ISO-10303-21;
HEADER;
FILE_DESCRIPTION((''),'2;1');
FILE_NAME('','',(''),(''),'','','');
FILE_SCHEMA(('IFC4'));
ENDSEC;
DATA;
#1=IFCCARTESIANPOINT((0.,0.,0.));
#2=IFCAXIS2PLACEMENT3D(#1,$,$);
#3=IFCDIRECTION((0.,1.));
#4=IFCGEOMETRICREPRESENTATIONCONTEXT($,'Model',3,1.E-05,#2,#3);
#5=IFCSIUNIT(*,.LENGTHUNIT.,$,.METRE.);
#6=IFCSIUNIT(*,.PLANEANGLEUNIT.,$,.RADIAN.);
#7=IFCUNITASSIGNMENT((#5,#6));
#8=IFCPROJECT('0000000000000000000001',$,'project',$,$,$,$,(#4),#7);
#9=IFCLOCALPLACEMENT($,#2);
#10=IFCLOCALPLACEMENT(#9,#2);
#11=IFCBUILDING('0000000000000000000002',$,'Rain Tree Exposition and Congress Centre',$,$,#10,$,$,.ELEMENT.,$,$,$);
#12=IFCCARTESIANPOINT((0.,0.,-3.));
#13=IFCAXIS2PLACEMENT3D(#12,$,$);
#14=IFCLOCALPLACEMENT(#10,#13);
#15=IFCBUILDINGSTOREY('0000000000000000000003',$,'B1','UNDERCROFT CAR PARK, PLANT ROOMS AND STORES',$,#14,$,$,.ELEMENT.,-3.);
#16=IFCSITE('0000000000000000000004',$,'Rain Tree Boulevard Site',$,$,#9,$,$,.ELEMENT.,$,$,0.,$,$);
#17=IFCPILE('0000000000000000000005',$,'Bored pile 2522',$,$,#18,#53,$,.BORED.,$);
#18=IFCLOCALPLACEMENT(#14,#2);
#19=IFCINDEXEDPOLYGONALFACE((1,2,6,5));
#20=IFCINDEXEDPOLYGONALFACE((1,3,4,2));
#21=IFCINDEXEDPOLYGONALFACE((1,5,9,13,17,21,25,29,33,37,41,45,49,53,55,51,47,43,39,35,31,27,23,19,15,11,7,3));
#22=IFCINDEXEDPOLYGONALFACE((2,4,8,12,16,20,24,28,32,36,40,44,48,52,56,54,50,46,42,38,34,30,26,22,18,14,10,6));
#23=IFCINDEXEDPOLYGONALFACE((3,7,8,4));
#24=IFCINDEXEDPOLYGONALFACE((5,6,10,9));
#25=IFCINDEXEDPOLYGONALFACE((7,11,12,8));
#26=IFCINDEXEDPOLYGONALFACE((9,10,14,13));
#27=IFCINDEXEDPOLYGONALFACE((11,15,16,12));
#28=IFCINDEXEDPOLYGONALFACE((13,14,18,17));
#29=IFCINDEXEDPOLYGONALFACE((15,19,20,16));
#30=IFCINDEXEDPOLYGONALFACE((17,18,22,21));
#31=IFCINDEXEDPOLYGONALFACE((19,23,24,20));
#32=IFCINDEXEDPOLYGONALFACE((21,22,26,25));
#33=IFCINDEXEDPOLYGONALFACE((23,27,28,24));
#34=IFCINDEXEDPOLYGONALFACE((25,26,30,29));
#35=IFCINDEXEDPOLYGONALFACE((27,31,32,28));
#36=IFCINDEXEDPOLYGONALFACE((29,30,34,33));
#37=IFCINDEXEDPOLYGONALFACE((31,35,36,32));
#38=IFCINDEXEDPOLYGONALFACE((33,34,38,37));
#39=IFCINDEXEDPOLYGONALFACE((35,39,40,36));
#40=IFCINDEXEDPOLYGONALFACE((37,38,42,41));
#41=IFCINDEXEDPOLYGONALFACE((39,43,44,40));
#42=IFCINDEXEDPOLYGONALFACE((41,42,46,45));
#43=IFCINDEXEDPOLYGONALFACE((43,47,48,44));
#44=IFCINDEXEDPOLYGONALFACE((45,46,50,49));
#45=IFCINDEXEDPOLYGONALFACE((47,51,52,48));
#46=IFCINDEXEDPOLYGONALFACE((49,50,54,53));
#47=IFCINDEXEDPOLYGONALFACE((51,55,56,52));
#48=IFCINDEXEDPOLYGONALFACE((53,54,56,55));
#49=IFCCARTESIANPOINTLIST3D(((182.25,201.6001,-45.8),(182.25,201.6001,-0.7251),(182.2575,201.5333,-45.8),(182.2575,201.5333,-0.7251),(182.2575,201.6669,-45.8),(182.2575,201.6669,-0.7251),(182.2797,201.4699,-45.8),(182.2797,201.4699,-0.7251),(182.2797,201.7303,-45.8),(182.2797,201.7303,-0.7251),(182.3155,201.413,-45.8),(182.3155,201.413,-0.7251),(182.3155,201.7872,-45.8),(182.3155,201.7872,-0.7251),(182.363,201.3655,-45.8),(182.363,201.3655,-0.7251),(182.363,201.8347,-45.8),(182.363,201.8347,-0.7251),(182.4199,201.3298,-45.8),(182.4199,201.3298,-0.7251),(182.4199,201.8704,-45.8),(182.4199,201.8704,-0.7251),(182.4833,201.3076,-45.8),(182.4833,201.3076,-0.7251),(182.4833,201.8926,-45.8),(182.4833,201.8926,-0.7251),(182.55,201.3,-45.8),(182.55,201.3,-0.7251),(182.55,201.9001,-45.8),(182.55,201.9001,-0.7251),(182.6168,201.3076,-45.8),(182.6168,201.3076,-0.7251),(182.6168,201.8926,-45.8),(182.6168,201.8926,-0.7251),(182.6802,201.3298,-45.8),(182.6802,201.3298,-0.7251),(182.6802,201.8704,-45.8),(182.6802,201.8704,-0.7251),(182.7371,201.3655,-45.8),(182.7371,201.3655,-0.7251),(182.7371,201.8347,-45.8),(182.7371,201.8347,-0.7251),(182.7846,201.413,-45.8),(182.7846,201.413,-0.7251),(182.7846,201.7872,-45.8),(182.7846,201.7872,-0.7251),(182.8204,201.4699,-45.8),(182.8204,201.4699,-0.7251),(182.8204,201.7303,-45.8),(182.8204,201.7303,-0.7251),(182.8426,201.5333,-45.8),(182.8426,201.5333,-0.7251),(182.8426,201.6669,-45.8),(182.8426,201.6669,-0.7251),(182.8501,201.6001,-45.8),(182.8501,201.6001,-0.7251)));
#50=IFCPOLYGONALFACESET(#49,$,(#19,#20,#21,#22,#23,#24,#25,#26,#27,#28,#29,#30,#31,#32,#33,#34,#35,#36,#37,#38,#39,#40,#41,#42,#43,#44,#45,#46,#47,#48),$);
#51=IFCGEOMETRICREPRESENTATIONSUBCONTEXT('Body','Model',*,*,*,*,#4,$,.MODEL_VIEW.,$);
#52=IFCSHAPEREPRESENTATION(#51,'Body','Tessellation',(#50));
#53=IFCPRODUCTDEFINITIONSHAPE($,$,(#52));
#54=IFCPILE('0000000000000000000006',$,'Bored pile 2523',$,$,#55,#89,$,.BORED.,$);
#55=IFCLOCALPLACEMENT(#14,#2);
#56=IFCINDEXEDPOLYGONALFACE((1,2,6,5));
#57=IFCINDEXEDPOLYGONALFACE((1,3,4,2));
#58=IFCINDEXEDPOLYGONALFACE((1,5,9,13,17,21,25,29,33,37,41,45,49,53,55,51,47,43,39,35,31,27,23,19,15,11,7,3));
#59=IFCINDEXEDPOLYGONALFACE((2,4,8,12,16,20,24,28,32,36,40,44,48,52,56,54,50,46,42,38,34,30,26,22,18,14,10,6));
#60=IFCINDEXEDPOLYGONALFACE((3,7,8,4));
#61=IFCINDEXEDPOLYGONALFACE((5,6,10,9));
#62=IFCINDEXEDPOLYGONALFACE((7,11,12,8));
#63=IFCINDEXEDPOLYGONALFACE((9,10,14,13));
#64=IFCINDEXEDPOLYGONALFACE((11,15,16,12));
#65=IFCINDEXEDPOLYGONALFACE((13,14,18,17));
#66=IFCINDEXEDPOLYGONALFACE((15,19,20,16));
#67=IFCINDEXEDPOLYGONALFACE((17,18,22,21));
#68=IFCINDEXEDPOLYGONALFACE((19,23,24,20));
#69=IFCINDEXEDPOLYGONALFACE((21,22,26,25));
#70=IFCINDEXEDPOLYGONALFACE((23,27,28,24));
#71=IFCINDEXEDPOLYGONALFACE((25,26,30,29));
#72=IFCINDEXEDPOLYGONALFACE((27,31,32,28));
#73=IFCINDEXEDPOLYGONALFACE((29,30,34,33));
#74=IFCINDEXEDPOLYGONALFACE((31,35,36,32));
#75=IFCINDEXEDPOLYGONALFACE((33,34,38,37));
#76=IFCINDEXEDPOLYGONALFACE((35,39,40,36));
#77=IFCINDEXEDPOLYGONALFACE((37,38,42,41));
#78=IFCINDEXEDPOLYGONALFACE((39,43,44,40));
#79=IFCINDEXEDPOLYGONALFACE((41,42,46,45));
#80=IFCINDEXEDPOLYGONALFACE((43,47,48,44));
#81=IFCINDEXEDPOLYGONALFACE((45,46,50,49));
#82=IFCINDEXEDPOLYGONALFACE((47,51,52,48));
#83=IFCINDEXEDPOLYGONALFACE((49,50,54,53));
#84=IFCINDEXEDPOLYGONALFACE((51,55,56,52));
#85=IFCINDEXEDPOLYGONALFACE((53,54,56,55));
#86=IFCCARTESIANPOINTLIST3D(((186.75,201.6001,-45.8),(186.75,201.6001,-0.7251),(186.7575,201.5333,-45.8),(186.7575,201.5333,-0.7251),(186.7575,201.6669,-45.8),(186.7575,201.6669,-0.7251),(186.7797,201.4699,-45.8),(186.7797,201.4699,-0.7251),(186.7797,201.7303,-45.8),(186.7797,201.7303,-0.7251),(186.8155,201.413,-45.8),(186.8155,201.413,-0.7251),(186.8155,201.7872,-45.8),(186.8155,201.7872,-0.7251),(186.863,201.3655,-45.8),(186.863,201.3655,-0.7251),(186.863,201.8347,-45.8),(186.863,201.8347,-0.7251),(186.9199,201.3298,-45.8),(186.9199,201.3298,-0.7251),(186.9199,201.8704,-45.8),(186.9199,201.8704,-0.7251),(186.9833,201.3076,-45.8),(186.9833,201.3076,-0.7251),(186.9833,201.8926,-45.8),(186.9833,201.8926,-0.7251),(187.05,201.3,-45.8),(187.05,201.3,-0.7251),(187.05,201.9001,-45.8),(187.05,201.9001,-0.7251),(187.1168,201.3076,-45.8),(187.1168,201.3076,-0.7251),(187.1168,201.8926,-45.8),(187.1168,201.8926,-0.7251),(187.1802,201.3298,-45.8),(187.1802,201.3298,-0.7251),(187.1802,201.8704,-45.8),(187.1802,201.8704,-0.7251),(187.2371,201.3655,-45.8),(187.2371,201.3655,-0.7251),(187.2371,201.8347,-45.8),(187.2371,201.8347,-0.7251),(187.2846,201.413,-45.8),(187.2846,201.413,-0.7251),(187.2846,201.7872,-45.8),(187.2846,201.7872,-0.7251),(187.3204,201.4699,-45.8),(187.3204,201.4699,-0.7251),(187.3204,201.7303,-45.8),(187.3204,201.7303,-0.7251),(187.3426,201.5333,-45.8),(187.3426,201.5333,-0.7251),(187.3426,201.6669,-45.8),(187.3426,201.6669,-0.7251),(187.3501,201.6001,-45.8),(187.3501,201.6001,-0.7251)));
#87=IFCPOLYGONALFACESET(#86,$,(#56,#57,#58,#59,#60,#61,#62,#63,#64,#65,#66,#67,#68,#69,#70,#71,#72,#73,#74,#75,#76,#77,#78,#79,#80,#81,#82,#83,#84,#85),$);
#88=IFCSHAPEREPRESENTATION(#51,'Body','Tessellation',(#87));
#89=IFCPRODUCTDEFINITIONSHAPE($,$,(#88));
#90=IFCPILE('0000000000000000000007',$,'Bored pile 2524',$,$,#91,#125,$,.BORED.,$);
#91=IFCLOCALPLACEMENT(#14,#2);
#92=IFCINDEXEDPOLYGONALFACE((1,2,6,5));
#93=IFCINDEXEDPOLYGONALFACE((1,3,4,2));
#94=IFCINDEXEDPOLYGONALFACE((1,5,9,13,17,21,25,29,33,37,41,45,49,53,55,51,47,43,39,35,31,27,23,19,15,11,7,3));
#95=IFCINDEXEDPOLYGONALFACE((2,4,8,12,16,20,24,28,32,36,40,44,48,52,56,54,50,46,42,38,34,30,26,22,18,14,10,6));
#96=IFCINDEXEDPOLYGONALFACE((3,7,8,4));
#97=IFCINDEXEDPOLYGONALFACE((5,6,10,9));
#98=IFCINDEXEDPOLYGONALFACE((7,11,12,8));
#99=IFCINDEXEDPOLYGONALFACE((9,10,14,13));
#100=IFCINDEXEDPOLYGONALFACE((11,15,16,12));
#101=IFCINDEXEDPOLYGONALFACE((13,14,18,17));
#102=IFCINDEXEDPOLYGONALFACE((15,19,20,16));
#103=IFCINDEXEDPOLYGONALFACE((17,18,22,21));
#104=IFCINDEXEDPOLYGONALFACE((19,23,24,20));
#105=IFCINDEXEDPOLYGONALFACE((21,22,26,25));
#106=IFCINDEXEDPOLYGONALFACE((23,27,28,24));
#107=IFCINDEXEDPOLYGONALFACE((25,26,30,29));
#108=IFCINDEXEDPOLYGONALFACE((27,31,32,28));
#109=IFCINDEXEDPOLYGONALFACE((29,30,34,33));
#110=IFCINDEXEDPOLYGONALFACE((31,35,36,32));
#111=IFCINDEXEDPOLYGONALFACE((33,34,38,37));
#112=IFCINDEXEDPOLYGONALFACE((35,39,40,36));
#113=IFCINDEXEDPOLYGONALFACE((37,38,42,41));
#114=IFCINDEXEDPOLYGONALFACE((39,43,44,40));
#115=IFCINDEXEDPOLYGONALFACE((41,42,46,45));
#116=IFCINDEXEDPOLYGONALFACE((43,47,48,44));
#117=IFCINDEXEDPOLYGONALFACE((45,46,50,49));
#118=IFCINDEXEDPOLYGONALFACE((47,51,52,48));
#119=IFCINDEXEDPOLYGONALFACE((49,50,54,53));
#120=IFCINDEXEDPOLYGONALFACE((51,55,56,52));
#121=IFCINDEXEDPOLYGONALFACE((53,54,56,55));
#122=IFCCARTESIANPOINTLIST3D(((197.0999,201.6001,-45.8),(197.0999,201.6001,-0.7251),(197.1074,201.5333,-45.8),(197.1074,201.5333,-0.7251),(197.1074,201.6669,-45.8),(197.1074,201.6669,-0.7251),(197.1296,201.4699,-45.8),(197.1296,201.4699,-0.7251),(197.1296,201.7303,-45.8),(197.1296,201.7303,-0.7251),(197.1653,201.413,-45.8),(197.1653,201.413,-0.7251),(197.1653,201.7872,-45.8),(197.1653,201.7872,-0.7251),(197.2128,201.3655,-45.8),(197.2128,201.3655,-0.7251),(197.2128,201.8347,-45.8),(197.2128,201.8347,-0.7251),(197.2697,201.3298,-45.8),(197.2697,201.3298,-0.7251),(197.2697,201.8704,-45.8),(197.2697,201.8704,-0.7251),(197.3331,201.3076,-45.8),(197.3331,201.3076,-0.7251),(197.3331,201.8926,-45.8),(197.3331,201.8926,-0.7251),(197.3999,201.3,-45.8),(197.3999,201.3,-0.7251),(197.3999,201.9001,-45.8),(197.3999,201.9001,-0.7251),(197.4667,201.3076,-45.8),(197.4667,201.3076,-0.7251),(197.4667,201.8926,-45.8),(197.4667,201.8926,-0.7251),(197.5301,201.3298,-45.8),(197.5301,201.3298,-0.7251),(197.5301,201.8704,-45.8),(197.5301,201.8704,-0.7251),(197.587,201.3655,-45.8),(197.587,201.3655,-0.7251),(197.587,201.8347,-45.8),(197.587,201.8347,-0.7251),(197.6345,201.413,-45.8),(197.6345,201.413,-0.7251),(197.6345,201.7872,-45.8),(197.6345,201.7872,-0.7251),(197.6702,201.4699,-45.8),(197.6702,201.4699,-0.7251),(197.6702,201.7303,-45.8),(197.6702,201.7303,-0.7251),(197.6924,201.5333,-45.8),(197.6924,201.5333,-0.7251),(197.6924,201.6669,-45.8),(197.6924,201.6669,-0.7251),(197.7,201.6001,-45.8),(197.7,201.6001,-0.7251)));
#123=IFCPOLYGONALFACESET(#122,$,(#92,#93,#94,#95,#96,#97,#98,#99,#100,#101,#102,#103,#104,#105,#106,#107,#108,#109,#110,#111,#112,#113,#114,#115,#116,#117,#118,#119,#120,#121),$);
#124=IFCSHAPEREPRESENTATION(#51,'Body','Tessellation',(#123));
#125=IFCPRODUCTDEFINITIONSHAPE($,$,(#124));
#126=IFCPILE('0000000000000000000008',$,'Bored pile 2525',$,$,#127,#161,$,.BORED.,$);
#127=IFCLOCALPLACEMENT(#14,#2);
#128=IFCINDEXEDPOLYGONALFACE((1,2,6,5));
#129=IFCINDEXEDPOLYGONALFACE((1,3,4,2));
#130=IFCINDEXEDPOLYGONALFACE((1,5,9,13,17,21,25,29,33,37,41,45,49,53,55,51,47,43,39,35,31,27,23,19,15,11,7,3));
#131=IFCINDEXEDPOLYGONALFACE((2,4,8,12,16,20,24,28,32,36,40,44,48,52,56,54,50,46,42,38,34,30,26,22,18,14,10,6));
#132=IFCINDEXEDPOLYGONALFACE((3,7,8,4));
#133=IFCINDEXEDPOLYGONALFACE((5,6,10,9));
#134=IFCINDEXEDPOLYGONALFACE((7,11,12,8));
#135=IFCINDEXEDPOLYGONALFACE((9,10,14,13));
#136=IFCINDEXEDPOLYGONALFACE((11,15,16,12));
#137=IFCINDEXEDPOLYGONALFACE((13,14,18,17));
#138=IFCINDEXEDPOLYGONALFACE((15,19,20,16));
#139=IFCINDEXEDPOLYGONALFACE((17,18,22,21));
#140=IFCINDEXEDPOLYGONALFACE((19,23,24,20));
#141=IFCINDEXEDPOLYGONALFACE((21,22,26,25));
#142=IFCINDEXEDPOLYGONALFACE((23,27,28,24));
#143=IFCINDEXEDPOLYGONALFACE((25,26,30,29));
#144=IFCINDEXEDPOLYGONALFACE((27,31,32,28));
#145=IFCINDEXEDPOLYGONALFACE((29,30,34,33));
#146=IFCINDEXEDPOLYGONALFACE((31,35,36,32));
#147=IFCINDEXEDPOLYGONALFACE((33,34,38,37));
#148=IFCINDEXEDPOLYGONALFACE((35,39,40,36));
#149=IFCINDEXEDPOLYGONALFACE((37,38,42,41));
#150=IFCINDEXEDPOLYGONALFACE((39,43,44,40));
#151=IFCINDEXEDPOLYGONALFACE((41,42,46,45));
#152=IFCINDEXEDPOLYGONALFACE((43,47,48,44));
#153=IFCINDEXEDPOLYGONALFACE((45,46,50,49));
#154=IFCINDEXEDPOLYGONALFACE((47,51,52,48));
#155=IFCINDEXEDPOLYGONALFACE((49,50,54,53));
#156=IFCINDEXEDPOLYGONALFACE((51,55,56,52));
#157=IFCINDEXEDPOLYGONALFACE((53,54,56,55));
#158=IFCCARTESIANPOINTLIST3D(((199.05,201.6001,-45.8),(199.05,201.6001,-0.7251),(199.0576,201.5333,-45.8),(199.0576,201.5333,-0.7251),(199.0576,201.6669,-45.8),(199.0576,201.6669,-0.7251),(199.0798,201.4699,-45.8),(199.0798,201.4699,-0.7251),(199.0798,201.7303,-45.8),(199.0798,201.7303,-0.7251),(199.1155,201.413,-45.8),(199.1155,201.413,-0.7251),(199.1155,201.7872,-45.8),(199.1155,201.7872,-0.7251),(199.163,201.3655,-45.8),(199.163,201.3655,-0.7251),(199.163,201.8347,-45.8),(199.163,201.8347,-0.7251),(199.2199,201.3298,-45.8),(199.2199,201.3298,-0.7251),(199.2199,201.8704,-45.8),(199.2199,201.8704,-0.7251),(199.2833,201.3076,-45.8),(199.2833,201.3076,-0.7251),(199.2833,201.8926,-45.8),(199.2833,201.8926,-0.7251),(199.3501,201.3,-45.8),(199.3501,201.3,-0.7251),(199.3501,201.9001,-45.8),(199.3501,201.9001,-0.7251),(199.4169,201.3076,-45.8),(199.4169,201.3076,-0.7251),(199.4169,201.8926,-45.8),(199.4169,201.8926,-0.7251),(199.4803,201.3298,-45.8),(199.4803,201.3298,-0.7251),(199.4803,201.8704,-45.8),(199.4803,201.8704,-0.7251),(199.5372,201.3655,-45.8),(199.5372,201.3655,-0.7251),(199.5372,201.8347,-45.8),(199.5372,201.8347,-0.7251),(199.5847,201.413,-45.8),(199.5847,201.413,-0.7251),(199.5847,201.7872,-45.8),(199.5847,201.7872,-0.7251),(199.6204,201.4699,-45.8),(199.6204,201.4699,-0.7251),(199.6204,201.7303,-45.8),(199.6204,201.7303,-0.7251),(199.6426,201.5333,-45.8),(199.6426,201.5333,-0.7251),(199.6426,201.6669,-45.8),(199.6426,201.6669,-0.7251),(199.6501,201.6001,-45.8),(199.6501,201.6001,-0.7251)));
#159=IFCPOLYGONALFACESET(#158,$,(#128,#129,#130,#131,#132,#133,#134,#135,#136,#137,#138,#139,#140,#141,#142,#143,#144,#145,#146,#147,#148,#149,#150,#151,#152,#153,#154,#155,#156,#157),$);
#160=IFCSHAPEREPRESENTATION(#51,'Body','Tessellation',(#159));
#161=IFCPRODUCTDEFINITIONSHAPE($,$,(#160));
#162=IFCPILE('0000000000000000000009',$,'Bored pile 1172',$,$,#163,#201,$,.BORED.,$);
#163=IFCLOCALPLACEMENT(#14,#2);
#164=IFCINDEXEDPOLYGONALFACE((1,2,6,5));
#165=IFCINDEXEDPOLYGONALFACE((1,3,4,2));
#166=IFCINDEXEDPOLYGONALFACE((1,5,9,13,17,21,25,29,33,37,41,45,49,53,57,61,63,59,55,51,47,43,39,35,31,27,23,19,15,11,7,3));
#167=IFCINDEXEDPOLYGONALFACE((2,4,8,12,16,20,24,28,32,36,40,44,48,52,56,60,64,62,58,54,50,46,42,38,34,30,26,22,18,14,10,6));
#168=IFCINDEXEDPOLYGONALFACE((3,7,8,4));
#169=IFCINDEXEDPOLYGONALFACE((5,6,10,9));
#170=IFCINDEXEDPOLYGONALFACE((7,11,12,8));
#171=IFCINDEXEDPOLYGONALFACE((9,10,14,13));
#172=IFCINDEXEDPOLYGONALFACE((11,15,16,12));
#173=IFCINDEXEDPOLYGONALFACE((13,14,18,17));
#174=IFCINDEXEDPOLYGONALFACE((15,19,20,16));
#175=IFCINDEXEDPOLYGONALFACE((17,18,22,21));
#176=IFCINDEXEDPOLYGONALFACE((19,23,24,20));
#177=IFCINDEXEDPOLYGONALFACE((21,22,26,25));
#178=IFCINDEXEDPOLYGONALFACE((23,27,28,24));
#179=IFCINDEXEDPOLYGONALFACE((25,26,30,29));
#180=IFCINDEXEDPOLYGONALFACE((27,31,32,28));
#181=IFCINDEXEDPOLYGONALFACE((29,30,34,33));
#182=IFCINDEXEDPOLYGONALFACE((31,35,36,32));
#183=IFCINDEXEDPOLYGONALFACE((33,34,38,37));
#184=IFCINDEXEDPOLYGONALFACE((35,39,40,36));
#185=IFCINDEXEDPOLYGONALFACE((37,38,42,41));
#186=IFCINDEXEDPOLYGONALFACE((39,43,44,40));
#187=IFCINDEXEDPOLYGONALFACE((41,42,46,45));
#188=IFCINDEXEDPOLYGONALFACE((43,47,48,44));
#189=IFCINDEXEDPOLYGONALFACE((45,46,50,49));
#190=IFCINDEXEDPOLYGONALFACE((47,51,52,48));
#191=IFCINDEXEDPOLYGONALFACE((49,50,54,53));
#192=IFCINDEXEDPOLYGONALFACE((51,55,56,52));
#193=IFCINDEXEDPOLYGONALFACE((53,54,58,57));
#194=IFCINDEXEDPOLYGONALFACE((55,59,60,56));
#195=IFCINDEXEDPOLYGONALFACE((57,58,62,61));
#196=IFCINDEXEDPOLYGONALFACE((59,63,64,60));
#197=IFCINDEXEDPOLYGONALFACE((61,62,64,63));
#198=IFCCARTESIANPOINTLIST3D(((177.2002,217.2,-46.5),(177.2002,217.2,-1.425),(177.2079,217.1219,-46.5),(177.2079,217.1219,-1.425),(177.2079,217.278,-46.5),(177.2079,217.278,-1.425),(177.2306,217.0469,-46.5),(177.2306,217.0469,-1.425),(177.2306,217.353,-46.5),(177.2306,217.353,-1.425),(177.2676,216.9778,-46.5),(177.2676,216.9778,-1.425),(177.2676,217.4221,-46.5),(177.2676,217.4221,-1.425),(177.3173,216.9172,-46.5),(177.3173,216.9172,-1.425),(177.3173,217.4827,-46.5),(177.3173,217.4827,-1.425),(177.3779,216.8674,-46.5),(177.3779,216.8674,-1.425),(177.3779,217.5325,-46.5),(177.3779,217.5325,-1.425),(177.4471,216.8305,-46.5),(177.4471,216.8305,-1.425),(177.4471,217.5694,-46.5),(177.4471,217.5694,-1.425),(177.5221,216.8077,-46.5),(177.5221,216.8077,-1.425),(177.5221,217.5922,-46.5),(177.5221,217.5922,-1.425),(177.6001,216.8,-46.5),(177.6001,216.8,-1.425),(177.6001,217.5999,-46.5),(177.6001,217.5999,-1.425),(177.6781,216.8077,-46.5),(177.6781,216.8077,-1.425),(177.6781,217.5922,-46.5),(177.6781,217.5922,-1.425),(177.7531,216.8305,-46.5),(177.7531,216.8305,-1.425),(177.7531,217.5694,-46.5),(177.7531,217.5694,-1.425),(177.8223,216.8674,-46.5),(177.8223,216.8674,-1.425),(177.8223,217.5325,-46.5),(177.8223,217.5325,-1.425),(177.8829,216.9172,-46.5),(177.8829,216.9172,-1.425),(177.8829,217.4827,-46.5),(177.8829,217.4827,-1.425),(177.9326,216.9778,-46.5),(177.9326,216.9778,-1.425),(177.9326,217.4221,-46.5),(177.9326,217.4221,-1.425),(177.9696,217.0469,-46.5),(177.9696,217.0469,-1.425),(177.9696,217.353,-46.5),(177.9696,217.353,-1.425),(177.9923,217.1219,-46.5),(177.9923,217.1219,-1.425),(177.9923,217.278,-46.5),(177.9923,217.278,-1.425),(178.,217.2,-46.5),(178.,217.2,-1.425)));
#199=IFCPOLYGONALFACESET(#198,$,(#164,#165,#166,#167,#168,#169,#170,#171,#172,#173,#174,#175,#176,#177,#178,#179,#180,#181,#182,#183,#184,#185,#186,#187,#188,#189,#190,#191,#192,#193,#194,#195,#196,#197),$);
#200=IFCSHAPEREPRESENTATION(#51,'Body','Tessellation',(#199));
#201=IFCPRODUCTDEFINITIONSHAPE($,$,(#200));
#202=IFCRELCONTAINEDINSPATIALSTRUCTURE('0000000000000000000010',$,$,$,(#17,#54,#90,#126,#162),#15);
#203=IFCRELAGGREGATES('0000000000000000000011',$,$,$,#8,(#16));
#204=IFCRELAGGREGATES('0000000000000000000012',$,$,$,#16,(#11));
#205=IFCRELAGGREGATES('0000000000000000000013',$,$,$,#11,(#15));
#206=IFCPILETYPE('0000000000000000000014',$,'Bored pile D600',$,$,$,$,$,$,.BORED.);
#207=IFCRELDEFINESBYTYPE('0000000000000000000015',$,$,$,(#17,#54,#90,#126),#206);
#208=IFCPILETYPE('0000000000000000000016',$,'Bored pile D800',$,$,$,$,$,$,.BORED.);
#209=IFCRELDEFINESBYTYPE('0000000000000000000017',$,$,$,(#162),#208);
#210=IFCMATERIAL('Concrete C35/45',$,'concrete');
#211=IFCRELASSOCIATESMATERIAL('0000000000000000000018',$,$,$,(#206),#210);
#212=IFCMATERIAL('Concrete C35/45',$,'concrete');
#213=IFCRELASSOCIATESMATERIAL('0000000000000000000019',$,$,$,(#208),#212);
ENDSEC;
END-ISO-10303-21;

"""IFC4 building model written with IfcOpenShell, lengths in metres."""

from ifc_helpers import new_model, si_unit, direction, frame, origin, origin_2d, place, context, subcontext, project, spatial, circle, extrude, material, material_profile, profile_set, type_object, element, save


model = new_model("IFC4")

# Units and contexts
model_context = context("Model", 3, precision=1e-05, world=origin(), true_north=direction((0.0, 1.0)))
body_context = subcontext(model_context, "Body", "Model", "MODEL_VIEW")
ifc_project = project(units=[si_unit("LENGTHUNIT", "METRE"), si_unit("PLANEANGLEUNIT", "RADIAN")], contexts=[model_context])

# Site, building, storey
site_placement = place(None, origin())
site = spatial("IfcSite", under=ifc_project, at=site_placement, Name="Rain Tree Boulevard Site", CompositionType="ELEMENT", RefElevation=0.0)
building_placement = place(site_placement, origin())
building = spatial("IfcBuilding", under=site, at=building_placement, Name="Rain Tree Exposition and Congress Centre", CompositionType="ELEMENT")
storey_placement = place(building_placement, frame((0.0, 0.0, -3.0)))
storey = spatial("IfcBuildingStorey", under=building, at=storey_placement, Name="B1", Description="UNDERCROFT CAR PARK, PLANT ROOMS AND STORES", CompositionType="ELEMENT", Elevation=-3.0)

# Piles
ifc_material_1 = material(Name="Concrete C35/45", Category="concrete")
ifc_material_profile_1 = material_profile(ifc_material_1, circle(Radius=0.3, at=origin_2d()), Name="D600")
ifc_profile_set_1 = profile_set([ifc_material_profile_1], Name="Concrete C35/45")
pile_type_1 = type_object("IfcPileType", Name="Bored pile D600", PredefinedType="BORED", material=ifc_profile_set_1)
for number, where, z_axis, x_axis, name in (
    (1, (182.55, 201.6001, -0.7251), (0.0, 0.0, -1.0), (1.0, 0.0, 0.0), "Bored pile 2522"),
    (2, (187.05, 201.6001, -0.7251), (0.0, 0.0, -1.0), (1.0, 0.0, 0.0), "Bored pile 2523"),
    (3, (197.3999, 201.6001, -0.7251), (0.0, 0.0, -1.0), (1.0, 0.0, 0.0), "Bored pile 2524"),
    (4, (199.3501, 201.6001, -0.7251), (0.0, 0.0, -1.0), (1.0, 0.0, 0.0), "Bored pile 2525"),
):
    element("IfcPile", number, at=place(storey_placement, frame(where, z_axis=z_axis, x_axis=x_axis)), inside=storey, type_object=pile_type_1, Name=name, PredefinedType="BORED", context=body_context, shape_type="SweptSolid", body=[
        extrude(circle(Radius=0.3, at=origin_2d()), origin(), (0.0, 0.0, 1.0), 45.075),
    ])
ifc_material_2 = material(Name="Concrete C35/45", Category="concrete")
ifc_material_profile_2 = material_profile(ifc_material_2, circle(Radius=0.3999, at=origin_2d()), Name="D800")
ifc_profile_set_2 = profile_set([ifc_material_profile_2], Name="Concrete C35/45")
pile_type_2 = type_object("IfcPileType", Name="Bored pile D800", PredefinedType="BORED", material=ifc_profile_set_2)
for number, where, z_axis, x_axis, name in (
    (5, (177.6001, 217.2, -1.425), (0.0, 0.0, -1.0), (1.0, 0.0, 0.0), "Bored pile 1172"),
):
    element("IfcPile", number, at=place(storey_placement, frame(where, z_axis=z_axis, x_axis=x_axis)), inside=storey, type_object=pile_type_2, Name=name, PredefinedType="BORED", context=body_context, shape_type="SweptSolid", body=[
        extrude(circle(Radius=0.3999, at=origin_2d()), origin(), (0.0, 0.0, 1.0), 45.075),
    ])

save(model, "model.ifc")
